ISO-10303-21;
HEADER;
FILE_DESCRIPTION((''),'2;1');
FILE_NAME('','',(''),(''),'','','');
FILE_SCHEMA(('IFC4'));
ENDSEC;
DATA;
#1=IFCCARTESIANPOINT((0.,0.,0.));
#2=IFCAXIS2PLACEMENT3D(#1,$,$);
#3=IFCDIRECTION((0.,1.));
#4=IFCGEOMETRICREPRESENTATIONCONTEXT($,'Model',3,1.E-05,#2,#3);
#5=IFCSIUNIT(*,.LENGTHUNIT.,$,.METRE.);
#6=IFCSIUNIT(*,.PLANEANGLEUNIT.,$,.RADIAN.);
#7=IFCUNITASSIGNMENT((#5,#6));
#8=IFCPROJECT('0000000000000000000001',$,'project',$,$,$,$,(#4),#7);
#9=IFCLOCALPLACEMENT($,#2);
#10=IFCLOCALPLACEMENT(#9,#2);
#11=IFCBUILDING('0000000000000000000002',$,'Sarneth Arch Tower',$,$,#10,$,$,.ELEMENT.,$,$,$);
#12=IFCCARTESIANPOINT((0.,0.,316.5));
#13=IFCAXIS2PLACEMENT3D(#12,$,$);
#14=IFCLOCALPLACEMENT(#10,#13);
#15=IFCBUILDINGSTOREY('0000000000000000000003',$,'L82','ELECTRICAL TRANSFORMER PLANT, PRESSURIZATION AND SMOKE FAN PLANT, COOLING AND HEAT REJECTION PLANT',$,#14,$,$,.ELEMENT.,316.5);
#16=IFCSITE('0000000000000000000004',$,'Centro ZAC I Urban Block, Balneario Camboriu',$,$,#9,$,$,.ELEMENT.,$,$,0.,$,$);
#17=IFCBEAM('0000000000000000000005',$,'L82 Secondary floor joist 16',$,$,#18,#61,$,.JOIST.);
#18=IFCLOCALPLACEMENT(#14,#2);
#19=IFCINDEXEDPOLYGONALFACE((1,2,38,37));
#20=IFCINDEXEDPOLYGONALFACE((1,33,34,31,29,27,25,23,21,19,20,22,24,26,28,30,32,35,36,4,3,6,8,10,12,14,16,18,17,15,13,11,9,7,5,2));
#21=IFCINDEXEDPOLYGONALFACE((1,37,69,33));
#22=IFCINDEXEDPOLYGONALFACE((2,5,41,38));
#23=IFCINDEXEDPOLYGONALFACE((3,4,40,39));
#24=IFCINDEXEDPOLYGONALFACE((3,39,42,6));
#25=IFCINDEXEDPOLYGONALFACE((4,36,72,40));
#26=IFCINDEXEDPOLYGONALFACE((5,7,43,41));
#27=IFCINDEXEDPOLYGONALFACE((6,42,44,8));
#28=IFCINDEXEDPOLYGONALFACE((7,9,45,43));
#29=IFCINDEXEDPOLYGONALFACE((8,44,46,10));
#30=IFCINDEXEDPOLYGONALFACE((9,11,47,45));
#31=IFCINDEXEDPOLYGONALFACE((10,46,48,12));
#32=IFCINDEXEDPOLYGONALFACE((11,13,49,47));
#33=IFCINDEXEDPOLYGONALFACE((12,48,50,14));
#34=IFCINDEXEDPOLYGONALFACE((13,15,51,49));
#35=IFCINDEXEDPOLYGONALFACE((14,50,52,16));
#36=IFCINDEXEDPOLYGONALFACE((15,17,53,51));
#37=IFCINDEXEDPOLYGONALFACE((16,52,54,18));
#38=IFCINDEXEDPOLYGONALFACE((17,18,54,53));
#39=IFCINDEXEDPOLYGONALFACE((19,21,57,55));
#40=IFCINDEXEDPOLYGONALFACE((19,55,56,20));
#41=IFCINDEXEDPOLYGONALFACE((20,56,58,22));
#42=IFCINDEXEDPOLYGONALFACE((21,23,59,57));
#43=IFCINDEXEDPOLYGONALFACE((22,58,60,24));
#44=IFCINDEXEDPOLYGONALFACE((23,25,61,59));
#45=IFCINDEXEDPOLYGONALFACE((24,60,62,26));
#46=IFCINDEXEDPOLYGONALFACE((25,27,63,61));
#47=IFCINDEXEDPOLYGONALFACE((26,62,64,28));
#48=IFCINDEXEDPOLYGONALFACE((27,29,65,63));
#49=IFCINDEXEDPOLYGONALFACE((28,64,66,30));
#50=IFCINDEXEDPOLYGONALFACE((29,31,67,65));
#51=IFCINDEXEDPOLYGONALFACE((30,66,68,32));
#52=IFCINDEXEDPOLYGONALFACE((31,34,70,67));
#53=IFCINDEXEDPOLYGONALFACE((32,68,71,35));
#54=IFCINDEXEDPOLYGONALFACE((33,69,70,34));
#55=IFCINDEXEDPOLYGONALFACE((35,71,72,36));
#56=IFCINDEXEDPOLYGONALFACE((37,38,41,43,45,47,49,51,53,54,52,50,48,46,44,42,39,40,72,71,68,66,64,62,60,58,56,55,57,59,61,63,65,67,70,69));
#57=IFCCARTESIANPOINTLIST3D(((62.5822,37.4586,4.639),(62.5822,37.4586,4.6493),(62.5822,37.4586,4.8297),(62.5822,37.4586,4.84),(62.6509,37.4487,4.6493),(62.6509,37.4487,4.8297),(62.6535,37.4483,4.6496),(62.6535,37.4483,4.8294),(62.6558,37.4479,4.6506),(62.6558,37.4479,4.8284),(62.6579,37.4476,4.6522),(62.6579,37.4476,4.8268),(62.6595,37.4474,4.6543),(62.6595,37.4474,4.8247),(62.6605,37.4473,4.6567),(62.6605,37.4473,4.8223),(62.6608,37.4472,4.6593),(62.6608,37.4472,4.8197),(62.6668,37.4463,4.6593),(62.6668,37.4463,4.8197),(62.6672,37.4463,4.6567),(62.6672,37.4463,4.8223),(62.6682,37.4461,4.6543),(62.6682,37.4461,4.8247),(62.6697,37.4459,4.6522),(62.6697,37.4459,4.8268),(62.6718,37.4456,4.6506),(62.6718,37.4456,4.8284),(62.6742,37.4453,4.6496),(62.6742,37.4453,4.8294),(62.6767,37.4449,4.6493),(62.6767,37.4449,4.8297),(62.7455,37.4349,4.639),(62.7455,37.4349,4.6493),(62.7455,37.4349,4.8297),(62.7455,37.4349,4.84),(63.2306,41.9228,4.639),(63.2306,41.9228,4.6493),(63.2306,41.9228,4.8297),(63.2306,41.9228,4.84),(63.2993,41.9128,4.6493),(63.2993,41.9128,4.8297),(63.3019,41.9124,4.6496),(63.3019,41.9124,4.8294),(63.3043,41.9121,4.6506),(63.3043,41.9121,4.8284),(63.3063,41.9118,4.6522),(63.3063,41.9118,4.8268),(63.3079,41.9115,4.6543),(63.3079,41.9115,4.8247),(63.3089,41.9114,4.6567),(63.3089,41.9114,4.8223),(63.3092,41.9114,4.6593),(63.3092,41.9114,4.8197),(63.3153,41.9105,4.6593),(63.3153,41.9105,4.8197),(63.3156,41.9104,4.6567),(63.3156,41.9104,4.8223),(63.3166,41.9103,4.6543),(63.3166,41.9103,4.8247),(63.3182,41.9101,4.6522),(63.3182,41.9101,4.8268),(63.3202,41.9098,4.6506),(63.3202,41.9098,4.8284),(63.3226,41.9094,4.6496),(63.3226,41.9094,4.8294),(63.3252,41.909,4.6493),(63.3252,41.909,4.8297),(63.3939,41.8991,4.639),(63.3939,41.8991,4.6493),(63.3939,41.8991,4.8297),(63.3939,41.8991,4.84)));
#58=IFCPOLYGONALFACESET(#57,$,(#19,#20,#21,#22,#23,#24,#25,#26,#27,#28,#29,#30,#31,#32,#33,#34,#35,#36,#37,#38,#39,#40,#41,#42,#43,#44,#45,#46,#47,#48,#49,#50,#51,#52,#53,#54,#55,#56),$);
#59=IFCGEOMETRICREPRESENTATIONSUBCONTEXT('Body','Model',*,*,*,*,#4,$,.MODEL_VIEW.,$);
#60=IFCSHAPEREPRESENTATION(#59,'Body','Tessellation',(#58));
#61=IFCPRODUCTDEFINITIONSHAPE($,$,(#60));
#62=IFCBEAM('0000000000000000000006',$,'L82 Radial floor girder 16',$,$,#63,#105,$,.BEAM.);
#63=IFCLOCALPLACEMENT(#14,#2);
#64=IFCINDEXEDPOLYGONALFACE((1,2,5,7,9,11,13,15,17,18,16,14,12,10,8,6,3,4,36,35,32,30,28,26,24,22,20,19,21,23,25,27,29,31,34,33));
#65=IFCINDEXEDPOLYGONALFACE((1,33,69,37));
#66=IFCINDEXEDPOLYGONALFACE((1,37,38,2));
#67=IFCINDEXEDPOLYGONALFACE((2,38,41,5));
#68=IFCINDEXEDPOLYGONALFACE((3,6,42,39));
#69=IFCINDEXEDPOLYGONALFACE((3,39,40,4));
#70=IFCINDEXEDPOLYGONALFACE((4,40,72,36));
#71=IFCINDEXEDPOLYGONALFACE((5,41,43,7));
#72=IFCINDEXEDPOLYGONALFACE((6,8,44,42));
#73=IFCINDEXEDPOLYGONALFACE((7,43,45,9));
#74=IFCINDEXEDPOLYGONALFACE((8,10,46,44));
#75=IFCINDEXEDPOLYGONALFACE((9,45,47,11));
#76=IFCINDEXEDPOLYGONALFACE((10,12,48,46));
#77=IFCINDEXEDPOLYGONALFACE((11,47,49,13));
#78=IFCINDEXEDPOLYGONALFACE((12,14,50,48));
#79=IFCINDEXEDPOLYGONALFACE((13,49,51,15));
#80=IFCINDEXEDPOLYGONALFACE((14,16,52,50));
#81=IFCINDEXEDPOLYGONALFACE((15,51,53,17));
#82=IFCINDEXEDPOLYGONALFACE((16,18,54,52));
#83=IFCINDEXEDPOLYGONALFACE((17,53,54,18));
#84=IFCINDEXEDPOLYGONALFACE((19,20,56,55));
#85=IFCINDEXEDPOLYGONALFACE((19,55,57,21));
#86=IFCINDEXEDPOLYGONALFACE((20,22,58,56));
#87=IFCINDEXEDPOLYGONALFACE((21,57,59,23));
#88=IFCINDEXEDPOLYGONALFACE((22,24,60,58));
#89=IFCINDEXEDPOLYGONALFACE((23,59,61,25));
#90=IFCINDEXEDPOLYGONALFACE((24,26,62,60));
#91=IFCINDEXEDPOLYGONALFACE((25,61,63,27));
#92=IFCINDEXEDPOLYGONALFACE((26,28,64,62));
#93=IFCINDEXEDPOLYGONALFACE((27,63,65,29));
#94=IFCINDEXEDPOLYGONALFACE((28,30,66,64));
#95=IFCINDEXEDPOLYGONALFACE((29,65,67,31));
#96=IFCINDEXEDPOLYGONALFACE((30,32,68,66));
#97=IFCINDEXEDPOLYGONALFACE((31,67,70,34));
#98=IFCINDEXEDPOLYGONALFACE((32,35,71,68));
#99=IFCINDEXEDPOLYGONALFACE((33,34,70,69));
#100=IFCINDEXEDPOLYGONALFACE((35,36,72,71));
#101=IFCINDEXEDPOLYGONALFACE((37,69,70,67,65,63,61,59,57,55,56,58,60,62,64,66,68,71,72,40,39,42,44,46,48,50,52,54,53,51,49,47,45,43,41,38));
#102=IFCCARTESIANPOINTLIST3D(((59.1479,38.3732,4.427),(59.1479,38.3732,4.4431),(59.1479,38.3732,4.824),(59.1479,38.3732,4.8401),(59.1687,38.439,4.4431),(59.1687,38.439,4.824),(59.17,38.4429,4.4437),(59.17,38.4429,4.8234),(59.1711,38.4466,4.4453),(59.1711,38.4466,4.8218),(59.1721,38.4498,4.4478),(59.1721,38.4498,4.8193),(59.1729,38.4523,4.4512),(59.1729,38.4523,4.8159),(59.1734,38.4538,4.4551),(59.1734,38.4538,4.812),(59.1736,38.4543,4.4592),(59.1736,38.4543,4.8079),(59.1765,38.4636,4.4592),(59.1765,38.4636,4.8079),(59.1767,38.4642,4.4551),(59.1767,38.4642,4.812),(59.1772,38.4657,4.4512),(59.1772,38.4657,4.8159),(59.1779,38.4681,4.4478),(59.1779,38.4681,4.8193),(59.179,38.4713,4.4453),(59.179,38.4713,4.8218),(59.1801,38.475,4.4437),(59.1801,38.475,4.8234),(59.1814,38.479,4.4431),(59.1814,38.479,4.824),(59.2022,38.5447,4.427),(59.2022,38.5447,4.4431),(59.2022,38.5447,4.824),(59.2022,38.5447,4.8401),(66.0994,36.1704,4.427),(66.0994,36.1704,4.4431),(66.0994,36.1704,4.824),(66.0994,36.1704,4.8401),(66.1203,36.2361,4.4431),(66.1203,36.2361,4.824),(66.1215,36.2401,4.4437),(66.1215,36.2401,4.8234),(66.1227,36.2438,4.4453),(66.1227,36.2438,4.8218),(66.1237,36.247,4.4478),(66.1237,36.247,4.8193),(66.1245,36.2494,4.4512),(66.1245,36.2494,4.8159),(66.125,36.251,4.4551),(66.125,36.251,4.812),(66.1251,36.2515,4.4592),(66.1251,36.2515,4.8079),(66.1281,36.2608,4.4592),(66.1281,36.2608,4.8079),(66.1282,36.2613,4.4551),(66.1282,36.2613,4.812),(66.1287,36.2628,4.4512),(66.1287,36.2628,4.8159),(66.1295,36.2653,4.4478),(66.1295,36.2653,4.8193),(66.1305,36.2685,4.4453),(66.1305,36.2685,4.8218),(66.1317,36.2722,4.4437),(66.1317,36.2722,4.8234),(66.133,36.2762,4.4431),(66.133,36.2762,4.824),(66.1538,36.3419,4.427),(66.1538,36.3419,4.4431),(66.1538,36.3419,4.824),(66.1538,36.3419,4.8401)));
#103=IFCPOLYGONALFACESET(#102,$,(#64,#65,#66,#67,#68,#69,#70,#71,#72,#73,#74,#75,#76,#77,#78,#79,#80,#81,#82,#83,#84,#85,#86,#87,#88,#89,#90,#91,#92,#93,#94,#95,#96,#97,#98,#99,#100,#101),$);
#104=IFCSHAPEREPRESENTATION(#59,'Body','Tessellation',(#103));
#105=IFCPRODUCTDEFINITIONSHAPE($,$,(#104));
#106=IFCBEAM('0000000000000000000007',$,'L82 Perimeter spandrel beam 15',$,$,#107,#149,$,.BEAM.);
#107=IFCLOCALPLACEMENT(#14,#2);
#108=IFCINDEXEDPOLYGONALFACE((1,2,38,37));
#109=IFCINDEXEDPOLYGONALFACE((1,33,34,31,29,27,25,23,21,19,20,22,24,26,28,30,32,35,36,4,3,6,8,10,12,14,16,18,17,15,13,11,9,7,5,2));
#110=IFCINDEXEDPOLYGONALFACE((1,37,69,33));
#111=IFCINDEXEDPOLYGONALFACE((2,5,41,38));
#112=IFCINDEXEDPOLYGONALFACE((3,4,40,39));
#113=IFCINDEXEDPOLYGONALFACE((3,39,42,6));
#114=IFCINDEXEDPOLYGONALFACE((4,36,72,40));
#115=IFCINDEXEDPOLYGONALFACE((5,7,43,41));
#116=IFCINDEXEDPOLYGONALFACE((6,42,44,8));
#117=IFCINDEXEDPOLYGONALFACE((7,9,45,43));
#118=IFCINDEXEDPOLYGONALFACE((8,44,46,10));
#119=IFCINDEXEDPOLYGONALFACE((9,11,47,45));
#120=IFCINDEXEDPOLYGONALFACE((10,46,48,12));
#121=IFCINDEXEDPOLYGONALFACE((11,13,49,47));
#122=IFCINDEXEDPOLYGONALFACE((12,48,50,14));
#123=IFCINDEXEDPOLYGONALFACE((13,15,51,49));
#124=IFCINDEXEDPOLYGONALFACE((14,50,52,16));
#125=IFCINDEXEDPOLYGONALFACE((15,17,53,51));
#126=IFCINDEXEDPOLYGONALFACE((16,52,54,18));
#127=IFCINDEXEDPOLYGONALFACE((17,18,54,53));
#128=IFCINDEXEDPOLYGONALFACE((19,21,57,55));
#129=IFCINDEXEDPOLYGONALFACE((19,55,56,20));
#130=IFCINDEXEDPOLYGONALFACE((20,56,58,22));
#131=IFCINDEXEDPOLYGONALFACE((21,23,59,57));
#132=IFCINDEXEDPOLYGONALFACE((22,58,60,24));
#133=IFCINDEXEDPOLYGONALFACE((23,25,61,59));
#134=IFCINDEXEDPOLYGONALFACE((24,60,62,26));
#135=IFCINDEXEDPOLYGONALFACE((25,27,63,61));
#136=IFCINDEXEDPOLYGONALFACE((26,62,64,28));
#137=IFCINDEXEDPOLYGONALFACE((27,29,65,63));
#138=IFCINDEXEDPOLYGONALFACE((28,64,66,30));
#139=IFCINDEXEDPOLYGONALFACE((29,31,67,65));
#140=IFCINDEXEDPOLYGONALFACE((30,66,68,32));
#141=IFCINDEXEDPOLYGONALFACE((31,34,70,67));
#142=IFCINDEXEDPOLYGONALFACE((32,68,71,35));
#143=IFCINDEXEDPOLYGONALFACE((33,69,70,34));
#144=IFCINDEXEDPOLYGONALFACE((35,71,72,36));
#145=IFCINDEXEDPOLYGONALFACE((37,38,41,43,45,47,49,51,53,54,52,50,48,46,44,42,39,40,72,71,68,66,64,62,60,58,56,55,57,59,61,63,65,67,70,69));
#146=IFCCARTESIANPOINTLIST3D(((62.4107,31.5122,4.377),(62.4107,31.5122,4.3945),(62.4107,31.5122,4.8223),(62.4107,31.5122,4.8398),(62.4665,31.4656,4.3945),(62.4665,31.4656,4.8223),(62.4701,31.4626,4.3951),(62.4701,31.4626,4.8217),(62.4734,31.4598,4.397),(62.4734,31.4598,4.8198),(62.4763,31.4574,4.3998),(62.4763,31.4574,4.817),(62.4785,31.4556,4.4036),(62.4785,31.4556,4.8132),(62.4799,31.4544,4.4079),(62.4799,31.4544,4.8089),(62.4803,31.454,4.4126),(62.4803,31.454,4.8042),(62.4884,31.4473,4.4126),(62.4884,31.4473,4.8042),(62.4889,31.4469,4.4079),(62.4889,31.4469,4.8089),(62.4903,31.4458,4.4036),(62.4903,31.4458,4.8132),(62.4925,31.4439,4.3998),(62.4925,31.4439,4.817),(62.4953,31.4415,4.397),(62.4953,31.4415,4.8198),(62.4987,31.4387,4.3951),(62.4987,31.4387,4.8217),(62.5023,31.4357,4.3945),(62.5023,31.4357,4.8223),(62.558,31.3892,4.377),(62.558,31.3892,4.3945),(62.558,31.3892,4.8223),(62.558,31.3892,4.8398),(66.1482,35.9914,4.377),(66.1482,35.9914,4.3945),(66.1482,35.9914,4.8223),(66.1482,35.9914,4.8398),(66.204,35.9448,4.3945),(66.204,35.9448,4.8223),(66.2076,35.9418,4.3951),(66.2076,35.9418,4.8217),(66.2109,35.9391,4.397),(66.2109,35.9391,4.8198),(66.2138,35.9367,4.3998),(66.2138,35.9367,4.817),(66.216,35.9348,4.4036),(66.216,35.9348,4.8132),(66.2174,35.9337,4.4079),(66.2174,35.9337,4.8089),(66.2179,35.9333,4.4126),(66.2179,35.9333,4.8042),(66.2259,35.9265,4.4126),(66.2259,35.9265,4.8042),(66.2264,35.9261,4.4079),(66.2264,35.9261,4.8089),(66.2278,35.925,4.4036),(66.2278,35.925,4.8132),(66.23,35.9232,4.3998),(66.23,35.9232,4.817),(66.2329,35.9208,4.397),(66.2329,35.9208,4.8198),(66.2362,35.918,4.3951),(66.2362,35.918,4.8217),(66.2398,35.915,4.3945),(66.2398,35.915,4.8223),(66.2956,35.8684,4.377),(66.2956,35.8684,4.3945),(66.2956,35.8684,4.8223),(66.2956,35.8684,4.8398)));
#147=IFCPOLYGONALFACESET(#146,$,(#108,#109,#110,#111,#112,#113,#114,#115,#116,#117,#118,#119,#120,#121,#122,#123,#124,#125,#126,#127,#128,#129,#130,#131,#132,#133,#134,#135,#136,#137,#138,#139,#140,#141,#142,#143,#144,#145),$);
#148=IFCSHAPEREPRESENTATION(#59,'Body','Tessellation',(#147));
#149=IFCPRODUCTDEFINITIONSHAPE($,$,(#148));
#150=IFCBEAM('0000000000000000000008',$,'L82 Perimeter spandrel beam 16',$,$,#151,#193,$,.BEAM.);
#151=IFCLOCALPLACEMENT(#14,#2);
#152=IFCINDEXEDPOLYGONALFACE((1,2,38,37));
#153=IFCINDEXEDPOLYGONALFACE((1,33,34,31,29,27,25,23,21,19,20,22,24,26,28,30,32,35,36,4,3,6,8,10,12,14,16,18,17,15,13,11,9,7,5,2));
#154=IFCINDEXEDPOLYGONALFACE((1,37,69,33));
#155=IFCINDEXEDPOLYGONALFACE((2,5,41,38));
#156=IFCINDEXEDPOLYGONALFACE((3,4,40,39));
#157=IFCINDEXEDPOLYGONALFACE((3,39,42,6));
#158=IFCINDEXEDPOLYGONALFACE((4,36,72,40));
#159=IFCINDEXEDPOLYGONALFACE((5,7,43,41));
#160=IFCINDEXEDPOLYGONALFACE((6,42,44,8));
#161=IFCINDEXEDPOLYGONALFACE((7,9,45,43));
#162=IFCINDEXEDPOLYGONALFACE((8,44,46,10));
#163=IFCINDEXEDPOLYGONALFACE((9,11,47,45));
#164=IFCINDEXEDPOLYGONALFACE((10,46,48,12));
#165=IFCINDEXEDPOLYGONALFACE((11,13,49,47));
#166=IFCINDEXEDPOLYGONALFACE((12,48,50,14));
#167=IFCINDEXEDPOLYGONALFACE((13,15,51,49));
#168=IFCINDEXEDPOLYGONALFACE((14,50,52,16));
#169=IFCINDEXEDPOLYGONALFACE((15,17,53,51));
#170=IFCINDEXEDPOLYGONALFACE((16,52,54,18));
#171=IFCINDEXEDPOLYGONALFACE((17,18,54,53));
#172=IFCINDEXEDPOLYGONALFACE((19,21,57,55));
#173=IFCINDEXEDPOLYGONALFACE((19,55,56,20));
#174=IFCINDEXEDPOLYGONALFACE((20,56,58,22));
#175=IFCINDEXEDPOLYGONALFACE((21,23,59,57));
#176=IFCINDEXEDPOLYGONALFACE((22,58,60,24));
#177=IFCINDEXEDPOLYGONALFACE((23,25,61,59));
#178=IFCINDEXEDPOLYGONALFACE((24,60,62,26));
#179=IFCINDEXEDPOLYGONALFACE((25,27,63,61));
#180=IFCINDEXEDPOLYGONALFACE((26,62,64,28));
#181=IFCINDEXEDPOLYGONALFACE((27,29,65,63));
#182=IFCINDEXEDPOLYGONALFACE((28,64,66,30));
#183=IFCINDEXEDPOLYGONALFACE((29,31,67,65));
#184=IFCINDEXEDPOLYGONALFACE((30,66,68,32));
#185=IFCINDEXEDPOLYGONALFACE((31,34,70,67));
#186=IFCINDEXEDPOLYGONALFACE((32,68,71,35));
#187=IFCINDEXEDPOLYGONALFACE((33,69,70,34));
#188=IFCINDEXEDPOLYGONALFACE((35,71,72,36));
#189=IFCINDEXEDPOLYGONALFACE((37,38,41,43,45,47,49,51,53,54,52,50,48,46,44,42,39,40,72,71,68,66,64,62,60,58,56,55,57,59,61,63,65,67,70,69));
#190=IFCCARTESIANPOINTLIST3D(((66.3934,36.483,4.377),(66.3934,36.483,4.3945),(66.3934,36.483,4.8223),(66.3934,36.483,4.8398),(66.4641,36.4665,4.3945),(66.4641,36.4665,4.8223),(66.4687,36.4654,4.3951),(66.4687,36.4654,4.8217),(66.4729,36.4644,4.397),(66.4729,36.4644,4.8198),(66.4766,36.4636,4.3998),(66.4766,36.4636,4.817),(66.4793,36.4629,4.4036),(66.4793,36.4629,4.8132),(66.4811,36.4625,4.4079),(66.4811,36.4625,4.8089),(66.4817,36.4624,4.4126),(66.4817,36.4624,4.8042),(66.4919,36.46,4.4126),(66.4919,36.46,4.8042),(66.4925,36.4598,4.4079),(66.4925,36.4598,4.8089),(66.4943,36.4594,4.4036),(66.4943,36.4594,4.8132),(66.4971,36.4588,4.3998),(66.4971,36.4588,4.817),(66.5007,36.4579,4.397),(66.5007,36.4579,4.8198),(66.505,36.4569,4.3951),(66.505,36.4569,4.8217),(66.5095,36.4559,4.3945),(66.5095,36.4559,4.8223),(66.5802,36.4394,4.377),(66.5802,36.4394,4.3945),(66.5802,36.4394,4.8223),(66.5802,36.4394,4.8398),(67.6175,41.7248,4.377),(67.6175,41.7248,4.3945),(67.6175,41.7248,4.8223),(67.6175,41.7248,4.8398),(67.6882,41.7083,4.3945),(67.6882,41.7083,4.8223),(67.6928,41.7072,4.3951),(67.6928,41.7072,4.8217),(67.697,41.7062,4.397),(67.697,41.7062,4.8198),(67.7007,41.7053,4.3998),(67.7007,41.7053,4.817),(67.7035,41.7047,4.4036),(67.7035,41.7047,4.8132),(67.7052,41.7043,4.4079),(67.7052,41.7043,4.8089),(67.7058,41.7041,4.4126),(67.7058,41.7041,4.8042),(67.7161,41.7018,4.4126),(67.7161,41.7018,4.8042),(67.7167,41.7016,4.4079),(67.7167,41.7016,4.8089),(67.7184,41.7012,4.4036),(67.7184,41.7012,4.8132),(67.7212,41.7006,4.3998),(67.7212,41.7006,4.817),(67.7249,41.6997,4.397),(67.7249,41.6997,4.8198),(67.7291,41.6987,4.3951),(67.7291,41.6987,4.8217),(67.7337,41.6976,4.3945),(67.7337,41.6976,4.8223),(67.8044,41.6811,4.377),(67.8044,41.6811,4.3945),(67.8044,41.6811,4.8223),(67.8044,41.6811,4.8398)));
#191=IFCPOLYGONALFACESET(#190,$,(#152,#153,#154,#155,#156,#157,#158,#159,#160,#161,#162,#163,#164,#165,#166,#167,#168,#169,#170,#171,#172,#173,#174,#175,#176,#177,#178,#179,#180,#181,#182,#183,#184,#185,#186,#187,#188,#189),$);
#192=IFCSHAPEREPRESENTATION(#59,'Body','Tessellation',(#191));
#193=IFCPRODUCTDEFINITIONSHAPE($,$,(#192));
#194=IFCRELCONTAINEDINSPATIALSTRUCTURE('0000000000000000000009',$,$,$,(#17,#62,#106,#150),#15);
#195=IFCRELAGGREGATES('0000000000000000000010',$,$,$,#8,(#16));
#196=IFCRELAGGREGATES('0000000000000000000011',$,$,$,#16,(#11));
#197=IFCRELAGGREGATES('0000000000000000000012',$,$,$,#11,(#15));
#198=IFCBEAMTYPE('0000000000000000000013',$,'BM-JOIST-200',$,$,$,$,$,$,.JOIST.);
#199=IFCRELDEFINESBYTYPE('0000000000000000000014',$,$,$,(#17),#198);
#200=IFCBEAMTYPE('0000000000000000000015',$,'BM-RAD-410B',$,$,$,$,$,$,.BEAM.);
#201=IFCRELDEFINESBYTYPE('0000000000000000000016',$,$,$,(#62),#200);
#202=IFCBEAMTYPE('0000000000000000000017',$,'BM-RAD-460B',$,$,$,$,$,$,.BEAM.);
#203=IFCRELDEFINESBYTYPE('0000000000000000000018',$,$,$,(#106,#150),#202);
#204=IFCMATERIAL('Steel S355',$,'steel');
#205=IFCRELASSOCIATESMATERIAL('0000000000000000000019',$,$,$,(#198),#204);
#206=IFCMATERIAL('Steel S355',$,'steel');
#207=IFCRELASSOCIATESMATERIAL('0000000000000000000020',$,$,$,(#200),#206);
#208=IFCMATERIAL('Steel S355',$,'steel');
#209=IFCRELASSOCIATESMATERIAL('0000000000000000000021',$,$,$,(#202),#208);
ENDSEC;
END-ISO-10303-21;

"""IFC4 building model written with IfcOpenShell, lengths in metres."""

from ifc_helpers import new_model, si_unit, direction, frame, origin, origin_2d, place, context, subcontext, project, spatial, i_section, extrude, material, material_profile, profile_set, type_object, element, save


model = new_model("IFC4")

# Units and contexts
model_context = context("Model", 3, precision=1e-05, world=origin(), true_north=direction((0.0, 1.0)))
body_context = subcontext(model_context, "Body", "Model", "MODEL_VIEW")
ifc_project = project(units=[si_unit("LENGTHUNIT", "METRE"), si_unit("PLANEANGLEUNIT", "RADIAN")], contexts=[model_context])

# Site, building, storey
site_placement = place(None, origin())
site = spatial("IfcSite", under=ifc_project, at=site_placement, Name="Centro ZAC I Urban Block, Balneario Camboriu", CompositionType="ELEMENT", RefElevation=0.0)
building_placement = place(site_placement, origin())
building = spatial("IfcBuilding", under=site, at=building_placement, Name="Sarneth Arch Tower", CompositionType="ELEMENT")
storey_placement = place(building_placement, frame((0.0, 0.0, 316.5)))
storey = spatial("IfcBuildingStorey", under=building, at=storey_placement, Name="L82", Description="ELECTRICAL TRANSFORMER PLANT, PRESSURIZATION AND SMOKE FAN PLANT, COOLING AND HEAT REJECTION PLANT", CompositionType="ELEMENT", Elevation=316.5)

# Beams
ifc_material_1 = material(Name="Steel S355", Category="steel")
ifc_material_profile_1 = material_profile(ifc_material_1, i_section(OverallWidth=0.165, OverallDepth=0.2009, WebThickness=0.0061, FlangeThickness=0.0103, FilletRadius=0.01, at=origin_2d()), Name="W200x35.9")
ifc_profile_set_1 = profile_set([ifc_material_profile_1], Name="Steel S355")
beam_type_1 = type_object("IfcBeamType", Name="BM-JOIST-200", PredefinedType="JOIST", material=ifc_profile_set_1)
beam_1_placement = place(storey_placement, frame((62.6638, 37.4468, 4.7395), z_axis=(0.143747, 0.989614, 0.0), x_axis=(-0.989614, 0.143747, 0.0)))
element("IfcBeam", 1, at=beam_1_placement, inside=storey, type_object=beam_type_1, Name="L82 Secondary floor joist 16", PredefinedType="JOIST", context=body_context, shape_type="SweptSolid", body=[
    extrude(i_section(OverallWidth=0.165, OverallDepth=0.2009, WebThickness=0.0061, FlangeThickness=0.0103, FilletRadius=0.01, at=origin_2d()), origin(), (0.0, 0.0, 1.0), 4.511),
])
ifc_material_2 = material(Name="Steel S355", Category="steel")
ifc_material_profile_2 = material_profile(ifc_material_2, i_section(OverallWidth=0.1799, OverallDepth=0.4131, WebThickness=0.0098, FlangeThickness=0.0161, FilletRadius=0.0161, at=origin_2d()), Name="W410x75")
ifc_profile_set_2 = profile_set([ifc_material_profile_2], Name="Steel S355")
beam_type_2 = type_object("IfcBeamType", Name="BM-RAD-410B", PredefinedType="BEAM", material=ifc_profile_set_2)
beam_2_placement = place(storey_placement, frame((59.175, 38.459, 4.6335), z_axis=(0.953282, -0.302081, 0.0), x_axis=(0.302081, 0.953282, 0.0)))
element("IfcBeam", 2, at=beam_2_placement, inside=storey, type_object=beam_type_2, Name="L82 Radial floor girder 16", PredefinedType="BEAM", context=body_context, shape_type="SweptSolid", body=[
    extrude(i_section(OverallWidth=0.1799, OverallDepth=0.4131, WebThickness=0.0098, FlangeThickness=0.0161, FilletRadius=0.0161, at=origin_2d()), origin(), (0.0, 0.0, 1.0), 7.2922),
])
ifc_material_3 = material(Name="Steel S355", Category="steel")
ifc_material_profile_3 = material_profile(ifc_material_3, i_section(OverallWidth=0.1919, OverallDepth=0.4629, WebThickness=0.0105, FlangeThickness=0.0176, FilletRadius=0.0181, at=origin_2d()), Name="W460x89")
ifc_profile_set_3 = profile_set([ifc_material_profile_3], Name="Steel S355")
beam_type_3 = type_object("IfcBeamType", Name="BM-RAD-460B", PredefinedType="BEAM", material=ifc_profile_set_3)
beam_3_placement = place(storey_placement, frame((62.4844, 31.4507, 4.6084), z_axis=(0.640674, 0.767813, 0.0), x_axis=(-0.767813, 0.640674, 0.0)))
element("IfcBeam", 3, at=beam_3_placement, inside=storey, type_object=beam_type_3, Name="L82 Perimeter spandrel beam 15", PredefinedType="BEAM", context=body_context, shape_type="SweptSolid", body=[
    extrude(i_section(OverallWidth=0.1919, OverallDepth=0.4629, WebThickness=0.0105, FlangeThickness=0.0176, FilletRadius=0.0181, at=origin_2d()), origin(), (0.0, 0.0, 1.0), 5.8337),
])
beam_4_placement = place(storey_placement, frame((66.4868, 36.4612, 4.6084), z_axis=(0.227416, 0.973798, 0.0), x_axis=(-0.973798, 0.227416, 0.0)))
element("IfcBeam", 4, at=beam_4_placement, inside=storey, type_object=beam_type_3, Name="L82 Perimeter spandrel beam 16", PredefinedType="BEAM", context=body_context, shape_type="SweptSolid", body=[
    extrude(i_section(OverallWidth=0.1919, OverallDepth=0.4629, WebThickness=0.0105, FlangeThickness=0.0176, FilletRadius=0.0181, at=origin_2d()), origin(), (0.0, 0.0, 1.0), 5.3828),
])

save(model, "model.ifc")
